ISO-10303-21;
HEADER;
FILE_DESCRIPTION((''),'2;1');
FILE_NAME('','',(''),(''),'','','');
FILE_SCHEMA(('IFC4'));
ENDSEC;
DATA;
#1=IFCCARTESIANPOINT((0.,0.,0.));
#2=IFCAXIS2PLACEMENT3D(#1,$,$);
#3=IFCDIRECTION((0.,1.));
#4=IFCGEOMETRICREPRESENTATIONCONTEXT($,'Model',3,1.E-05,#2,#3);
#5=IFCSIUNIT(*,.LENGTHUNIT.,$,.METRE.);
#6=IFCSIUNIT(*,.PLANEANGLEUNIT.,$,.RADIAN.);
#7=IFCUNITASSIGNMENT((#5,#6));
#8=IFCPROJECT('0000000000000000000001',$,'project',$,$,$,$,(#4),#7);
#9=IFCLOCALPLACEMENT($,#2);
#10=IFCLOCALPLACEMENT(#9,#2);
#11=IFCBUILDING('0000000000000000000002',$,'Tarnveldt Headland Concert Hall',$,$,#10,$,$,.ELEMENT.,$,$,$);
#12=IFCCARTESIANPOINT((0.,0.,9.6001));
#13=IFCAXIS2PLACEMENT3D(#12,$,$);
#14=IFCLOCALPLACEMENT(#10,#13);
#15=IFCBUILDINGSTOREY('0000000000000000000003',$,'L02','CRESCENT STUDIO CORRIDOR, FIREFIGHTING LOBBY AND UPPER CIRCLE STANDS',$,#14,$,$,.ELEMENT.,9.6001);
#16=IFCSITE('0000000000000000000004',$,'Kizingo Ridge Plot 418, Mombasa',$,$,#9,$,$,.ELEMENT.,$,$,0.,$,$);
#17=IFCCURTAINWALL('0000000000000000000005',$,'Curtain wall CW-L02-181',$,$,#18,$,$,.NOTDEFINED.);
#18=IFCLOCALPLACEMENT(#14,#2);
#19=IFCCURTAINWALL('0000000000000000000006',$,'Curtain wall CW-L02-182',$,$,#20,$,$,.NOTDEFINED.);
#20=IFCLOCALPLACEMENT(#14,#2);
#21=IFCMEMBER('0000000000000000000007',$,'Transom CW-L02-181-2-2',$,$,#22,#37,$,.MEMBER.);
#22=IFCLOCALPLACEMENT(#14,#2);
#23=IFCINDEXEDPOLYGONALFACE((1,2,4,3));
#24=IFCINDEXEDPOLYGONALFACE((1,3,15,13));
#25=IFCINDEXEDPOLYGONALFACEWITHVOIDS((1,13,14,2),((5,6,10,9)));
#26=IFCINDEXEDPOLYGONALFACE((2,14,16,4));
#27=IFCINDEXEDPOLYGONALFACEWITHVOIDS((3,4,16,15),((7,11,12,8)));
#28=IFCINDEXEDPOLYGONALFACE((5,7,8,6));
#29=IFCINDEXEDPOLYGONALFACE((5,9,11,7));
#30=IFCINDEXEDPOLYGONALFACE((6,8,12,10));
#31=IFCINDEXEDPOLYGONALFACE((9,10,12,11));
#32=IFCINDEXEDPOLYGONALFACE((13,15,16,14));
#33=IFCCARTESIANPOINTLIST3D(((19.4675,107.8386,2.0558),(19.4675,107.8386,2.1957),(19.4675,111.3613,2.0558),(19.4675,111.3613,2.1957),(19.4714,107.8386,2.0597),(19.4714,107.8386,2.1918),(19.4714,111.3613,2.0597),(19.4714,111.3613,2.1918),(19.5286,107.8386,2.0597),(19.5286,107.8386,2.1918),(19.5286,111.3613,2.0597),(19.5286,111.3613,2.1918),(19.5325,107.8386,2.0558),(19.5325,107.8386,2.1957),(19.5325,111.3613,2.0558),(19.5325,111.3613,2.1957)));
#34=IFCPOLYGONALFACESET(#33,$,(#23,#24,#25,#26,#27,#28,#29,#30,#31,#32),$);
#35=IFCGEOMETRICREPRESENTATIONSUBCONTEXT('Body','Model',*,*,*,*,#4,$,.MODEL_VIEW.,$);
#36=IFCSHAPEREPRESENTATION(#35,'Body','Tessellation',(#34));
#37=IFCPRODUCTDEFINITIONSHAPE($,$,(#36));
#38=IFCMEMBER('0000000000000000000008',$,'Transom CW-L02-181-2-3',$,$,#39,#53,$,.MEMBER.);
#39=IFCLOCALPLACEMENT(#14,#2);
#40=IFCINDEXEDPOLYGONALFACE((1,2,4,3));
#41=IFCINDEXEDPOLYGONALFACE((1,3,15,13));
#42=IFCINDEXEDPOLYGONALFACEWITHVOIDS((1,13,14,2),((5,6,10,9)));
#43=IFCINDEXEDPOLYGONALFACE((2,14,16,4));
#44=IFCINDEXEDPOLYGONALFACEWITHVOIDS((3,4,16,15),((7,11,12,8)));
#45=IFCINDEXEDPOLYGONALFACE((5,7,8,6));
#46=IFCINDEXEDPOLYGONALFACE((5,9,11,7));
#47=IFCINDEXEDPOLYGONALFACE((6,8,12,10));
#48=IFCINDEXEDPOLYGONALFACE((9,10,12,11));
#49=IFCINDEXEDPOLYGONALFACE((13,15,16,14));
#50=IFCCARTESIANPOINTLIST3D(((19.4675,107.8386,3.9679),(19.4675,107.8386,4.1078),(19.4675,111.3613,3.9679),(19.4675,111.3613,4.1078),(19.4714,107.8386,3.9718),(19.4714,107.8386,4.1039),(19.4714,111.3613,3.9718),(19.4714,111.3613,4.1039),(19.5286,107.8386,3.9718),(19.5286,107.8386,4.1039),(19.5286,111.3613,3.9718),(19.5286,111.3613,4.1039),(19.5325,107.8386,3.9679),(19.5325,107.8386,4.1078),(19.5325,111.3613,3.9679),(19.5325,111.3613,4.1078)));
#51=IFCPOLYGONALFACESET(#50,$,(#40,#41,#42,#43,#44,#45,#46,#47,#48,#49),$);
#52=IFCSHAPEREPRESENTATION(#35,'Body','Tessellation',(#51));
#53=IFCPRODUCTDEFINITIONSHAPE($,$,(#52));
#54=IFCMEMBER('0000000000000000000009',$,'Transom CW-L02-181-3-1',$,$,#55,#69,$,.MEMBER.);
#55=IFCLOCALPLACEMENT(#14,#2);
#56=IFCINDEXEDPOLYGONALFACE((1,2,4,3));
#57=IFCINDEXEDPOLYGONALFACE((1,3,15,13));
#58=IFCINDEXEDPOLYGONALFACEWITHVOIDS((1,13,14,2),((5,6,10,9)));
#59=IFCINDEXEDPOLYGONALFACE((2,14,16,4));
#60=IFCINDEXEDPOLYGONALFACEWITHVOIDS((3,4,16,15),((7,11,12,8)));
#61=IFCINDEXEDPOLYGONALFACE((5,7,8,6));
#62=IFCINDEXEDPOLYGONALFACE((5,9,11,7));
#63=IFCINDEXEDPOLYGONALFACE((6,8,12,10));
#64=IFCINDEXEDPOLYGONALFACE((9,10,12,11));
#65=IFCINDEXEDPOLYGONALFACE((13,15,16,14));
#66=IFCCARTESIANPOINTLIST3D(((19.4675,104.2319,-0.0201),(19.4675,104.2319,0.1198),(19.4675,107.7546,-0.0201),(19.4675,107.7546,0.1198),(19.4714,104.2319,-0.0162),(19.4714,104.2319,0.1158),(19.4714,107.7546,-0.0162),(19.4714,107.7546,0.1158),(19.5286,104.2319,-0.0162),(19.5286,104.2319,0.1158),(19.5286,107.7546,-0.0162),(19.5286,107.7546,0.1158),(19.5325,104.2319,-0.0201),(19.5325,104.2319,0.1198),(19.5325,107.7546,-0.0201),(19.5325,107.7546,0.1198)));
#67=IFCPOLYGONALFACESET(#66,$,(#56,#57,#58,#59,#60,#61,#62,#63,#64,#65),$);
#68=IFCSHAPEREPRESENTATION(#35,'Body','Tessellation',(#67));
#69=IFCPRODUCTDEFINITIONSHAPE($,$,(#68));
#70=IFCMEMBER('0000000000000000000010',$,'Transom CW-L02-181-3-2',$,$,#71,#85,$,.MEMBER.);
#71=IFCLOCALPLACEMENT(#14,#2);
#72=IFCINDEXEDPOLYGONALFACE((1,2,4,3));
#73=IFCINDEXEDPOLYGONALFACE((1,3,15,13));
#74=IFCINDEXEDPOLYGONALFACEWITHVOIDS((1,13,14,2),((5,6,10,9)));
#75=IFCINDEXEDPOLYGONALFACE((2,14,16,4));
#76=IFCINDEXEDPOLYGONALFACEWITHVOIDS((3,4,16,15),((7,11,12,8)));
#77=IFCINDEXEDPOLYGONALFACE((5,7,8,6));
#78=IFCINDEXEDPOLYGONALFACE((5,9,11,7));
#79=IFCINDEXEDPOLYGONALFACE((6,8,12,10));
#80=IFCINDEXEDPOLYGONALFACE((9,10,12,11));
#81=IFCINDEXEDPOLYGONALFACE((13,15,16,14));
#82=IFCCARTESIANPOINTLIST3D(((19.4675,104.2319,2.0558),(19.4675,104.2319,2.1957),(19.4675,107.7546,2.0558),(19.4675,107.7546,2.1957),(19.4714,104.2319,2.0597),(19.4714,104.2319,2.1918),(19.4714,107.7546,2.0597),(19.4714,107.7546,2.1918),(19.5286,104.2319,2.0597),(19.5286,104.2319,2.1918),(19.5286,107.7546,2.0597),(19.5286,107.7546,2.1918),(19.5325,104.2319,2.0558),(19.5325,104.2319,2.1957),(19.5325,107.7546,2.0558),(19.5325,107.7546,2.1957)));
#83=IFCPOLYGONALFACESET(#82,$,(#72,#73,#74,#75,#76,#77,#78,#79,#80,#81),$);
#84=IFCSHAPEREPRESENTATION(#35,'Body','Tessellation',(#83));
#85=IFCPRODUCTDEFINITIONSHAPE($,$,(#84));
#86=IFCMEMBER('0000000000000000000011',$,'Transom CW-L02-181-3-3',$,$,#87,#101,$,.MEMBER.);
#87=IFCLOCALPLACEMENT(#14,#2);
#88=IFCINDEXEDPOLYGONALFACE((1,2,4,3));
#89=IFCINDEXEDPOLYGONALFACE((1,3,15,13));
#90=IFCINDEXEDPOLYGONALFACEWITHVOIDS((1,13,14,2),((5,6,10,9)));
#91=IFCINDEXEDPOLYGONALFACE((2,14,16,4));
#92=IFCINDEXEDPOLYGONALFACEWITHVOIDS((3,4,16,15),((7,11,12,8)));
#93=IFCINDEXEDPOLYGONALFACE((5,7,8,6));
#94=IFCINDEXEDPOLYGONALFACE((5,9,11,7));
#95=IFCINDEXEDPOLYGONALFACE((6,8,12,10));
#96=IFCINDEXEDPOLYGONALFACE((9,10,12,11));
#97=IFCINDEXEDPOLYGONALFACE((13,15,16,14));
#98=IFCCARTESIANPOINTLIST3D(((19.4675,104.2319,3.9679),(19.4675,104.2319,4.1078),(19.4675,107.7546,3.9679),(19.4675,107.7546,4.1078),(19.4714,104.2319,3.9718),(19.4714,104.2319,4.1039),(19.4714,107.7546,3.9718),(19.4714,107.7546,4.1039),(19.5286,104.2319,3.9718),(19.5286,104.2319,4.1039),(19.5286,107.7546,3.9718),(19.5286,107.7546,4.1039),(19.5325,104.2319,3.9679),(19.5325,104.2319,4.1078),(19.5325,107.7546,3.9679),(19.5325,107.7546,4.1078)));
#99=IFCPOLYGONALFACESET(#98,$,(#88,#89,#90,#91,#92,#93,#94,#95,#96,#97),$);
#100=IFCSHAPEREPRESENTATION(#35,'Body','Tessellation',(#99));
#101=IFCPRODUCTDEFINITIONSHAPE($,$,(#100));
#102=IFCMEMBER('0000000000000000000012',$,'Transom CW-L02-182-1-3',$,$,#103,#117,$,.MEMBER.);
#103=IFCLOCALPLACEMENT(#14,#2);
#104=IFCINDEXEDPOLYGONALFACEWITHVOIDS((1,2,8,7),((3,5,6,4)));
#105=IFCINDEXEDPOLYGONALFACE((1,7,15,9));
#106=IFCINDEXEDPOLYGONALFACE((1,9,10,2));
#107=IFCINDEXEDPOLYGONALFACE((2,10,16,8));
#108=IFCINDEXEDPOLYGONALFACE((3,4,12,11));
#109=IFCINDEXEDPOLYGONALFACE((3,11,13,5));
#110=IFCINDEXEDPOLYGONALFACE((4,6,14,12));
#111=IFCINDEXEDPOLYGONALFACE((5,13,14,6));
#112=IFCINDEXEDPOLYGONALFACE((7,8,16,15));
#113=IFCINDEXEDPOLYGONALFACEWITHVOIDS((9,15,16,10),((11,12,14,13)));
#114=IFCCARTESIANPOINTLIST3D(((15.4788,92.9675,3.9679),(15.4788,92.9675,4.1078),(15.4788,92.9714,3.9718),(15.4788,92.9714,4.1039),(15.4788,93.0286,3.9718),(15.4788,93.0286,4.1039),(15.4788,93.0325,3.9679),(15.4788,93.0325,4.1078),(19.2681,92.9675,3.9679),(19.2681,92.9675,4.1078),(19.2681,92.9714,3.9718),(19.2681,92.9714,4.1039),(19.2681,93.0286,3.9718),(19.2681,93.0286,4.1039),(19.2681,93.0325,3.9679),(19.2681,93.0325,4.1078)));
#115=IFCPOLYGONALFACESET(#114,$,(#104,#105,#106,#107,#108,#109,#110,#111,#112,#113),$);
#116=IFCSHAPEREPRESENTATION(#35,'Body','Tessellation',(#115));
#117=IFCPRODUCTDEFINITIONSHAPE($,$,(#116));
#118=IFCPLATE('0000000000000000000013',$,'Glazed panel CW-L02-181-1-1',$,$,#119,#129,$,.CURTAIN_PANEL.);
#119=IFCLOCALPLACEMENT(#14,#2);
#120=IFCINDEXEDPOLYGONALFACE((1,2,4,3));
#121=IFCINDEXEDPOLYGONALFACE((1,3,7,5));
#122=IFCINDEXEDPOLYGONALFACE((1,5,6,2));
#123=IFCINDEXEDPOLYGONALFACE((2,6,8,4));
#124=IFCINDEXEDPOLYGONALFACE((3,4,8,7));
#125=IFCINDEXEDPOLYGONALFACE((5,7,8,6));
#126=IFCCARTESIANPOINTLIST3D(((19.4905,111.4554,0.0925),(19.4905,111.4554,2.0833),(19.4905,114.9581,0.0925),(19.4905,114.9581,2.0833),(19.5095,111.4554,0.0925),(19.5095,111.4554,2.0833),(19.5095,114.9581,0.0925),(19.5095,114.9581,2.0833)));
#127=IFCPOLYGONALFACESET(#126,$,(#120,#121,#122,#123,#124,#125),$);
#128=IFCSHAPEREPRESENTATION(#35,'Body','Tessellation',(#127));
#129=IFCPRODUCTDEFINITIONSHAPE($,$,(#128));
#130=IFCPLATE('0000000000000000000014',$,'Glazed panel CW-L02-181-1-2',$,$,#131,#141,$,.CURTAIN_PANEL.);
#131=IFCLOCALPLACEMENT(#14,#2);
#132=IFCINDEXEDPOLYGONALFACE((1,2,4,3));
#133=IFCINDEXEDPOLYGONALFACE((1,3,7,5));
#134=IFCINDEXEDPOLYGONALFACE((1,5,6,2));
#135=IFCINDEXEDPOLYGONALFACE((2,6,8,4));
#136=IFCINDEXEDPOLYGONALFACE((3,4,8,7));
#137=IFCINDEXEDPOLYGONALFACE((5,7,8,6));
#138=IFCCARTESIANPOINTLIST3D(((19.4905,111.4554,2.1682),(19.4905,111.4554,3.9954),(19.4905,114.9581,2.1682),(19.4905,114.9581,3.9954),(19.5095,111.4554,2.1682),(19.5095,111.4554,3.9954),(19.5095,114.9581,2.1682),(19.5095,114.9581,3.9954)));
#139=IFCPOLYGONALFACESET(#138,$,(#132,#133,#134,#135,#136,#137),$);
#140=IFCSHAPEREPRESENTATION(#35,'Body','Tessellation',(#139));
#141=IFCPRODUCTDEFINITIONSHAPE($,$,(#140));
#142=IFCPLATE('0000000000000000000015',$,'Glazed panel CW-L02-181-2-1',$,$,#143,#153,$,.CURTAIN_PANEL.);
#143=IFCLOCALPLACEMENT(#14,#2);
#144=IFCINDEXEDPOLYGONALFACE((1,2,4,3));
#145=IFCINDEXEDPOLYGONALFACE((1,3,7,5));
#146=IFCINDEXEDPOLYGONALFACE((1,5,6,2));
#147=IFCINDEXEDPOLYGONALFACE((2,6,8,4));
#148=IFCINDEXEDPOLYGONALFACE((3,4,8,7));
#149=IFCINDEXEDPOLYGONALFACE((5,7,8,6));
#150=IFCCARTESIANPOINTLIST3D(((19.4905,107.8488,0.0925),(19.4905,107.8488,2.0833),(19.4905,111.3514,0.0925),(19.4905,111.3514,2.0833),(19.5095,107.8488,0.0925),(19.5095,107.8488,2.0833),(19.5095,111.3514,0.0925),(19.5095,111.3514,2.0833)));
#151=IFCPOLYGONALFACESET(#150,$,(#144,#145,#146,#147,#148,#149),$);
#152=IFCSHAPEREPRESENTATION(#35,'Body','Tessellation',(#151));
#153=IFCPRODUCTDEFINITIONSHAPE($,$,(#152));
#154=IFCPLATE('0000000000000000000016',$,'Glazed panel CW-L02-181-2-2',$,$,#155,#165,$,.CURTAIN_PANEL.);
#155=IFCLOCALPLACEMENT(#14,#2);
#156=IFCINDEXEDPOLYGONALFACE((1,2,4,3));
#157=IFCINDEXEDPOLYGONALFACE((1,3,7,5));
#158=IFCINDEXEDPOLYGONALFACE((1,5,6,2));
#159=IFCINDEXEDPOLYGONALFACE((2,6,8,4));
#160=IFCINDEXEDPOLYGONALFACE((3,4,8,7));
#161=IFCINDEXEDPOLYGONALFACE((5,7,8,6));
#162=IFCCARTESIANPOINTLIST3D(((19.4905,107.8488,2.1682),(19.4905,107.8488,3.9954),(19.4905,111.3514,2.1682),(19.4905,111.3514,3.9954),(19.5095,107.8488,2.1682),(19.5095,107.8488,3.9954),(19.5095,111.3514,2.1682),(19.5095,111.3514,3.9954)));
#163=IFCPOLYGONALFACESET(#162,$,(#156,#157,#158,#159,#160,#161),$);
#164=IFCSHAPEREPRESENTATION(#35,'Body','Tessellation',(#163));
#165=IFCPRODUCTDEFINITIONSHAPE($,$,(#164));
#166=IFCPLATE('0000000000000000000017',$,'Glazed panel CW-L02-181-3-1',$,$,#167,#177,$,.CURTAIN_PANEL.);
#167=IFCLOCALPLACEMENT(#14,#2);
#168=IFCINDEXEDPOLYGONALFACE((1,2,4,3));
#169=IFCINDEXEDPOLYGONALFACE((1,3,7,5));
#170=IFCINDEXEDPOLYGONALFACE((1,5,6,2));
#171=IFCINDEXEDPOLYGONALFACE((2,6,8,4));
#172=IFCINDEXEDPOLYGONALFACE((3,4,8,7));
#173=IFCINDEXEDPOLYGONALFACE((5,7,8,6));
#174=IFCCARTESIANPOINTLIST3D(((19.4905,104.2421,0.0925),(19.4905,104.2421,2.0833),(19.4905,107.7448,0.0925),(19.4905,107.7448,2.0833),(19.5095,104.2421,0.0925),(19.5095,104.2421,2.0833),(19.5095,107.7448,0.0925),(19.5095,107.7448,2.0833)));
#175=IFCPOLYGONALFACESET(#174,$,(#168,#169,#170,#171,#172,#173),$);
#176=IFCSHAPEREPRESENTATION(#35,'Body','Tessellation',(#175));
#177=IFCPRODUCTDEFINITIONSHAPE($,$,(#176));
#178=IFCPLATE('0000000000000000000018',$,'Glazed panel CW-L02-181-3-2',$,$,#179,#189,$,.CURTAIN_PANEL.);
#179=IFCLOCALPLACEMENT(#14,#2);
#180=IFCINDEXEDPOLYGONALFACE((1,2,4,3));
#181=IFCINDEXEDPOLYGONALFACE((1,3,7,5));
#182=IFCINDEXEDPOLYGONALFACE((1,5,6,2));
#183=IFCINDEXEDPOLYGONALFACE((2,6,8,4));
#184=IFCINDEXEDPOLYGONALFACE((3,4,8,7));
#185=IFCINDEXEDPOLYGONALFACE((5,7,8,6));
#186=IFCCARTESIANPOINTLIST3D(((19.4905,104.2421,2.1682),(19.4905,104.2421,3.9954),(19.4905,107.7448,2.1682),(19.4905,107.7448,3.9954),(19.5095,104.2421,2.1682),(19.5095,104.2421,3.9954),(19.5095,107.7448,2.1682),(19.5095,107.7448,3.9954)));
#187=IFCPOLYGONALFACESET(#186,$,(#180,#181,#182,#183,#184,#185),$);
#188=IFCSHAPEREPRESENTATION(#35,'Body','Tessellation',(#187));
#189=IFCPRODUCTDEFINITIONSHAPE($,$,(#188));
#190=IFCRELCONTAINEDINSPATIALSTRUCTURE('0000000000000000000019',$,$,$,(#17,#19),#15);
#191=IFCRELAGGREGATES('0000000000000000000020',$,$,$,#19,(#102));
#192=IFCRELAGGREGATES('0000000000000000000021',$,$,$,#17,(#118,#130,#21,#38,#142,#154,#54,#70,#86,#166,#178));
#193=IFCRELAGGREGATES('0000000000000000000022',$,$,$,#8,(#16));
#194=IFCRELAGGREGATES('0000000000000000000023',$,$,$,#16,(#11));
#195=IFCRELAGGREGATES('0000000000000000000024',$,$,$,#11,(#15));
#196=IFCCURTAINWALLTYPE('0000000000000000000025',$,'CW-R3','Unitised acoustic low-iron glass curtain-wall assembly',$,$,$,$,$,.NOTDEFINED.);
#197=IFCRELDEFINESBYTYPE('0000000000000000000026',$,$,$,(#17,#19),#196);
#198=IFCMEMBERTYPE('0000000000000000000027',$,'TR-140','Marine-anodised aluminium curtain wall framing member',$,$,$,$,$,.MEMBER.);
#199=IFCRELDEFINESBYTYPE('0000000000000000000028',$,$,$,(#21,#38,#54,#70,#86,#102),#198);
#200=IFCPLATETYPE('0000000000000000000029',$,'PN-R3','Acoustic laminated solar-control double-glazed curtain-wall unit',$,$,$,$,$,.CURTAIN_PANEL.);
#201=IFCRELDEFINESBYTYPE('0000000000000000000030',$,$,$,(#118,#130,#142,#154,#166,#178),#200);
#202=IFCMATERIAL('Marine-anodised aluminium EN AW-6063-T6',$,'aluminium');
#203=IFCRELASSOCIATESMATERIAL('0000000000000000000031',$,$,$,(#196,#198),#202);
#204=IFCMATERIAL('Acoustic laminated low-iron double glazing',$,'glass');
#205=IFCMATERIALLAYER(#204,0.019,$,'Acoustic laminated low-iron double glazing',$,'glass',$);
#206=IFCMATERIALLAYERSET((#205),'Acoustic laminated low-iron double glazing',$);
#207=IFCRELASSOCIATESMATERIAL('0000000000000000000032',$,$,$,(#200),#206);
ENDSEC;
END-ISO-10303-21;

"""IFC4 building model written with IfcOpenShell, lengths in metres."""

from ifc_helpers import new_model, si_unit, direction, frame, origin, origin_2d, place, context, subcontext, project, spatial, rectangle, hollow_rectangle, extrude, material, layer, layer_set, material_profile, profile_set, type_object, element, aggregate, save


model = new_model("IFC4")

# Units and contexts
model_context = context("Model", 3, precision=1e-05, world=origin(), true_north=direction((0.0, 1.0)))
body_context = subcontext(model_context, "Body", "Model", "MODEL_VIEW")
ifc_project = project(units=[si_unit("LENGTHUNIT", "METRE"), si_unit("PLANEANGLEUNIT", "RADIAN")], contexts=[model_context])

# Site, building, storey
site_placement = place(None, origin())
site = spatial("IfcSite", under=ifc_project, at=site_placement, Name="Kizingo Ridge Plot 418, Mombasa", CompositionType="ELEMENT", RefElevation=0.0)
building_placement = place(site_placement, origin())
building = spatial("IfcBuilding", under=site, at=building_placement, Name="Tarnveldt Headland Concert Hall", CompositionType="ELEMENT")
storey_placement = place(building_placement, frame((0.0, 0.0, 9.6001)))
storey = spatial("IfcBuildingStorey", under=building, at=storey_placement, Name="L02", Description="CRESCENT STUDIO CORRIDOR, FIREFIGHTING LOBBY AND UPPER CIRCLE STANDS", CompositionType="ELEMENT", Elevation=9.6001)

# Curtain wall
ifc_material_1 = material(Name="Marine-anodised aluminium EN AW-6063-T6", Category="aluminium")
curtain_wall_type = type_object("IfcCurtainWallType", Name="CW-R3", Description="Unitised acoustic low-iron glass curtain-wall assembly", PredefinedType="NOTDEFINED", material=ifc_material_1)
curtain_wall_1_placement = place(storey_placement, origin())
curtain_wall_1 = element("IfcCurtainWall", 1, at=curtain_wall_1_placement, inside=storey, type_object=curtain_wall_type, Name="Curtain wall CW-L02-181", PredefinedType="NOTDEFINED")

# Curtain wall
curtain_wall_2_placement = place(storey_placement, origin())
curtain_wall_2 = element("IfcCurtainWall", 2, at=curtain_wall_2_placement, inside=storey, type_object=curtain_wall_type, Name="Curtain wall CW-L02-182", PredefinedType="NOTDEFINED")

# Members
ifc_material_profile_1 = material_profile(ifc_material_1, hollow_rectangle(XDim=0.0649, YDim=0.1399, WallThickness=0.0039, at=origin_2d()), Name="ALU TRANSOM 65x140x4", Category="aluminium")
ifc_profile_set_1 = profile_set([ifc_material_profile_1], Name="Marine-anodised aluminium EN AW-6063-T6")
member_type_1 = type_object("IfcMemberType", Name="TR-140", Description="Marine-anodised aluminium curtain wall framing member", PredefinedType="MEMBER", material=ifc_profile_set_1)
member_1_placement = place(storey_placement, frame((19.5, 111.3613, 2.1257), z_axis=(0.0, -1.0, 0.0), x_axis=(1.0, 0.0, 0.0)))
member_1 = element("IfcMember", 3, at=member_1_placement, type_object=member_type_1, Name="Transom CW-L02-181-2-2", PredefinedType="MEMBER", context=body_context, shape_type="SweptSolid", body=[
    extrude(hollow_rectangle(XDim=0.0649, YDim=0.1399, WallThickness=0.0039, at=origin_2d()), origin(), (0.0, 0.0, 1.0), 3.5227),
])
member_2_placement = place(storey_placement, frame((19.5, 111.3613, 4.0378), z_axis=(0.0, -1.0, 0.0), x_axis=(1.0, 0.0, 0.0)))
member_2 = element("IfcMember", 4, at=member_2_placement, type_object=member_type_1, Name="Transom CW-L02-181-2-3", PredefinedType="MEMBER", context=body_context, shape_type="SweptSolid", body=[
    extrude(hollow_rectangle(XDim=0.0649, YDim=0.1399, WallThickness=0.0039, at=origin_2d()), origin(), (0.0, 0.0, 1.0), 3.5227),
])
member_3_placement = place(storey_placement, frame((19.5, 107.7546, 0.0498), z_axis=(0.0, -1.0, 0.0), x_axis=(1.0, 0.0, 0.0)))
member_3 = element("IfcMember", 5, at=member_3_placement, type_object=member_type_1, Name="Transom CW-L02-181-3-1", PredefinedType="MEMBER", context=body_context, shape_type="SweptSolid", body=[
    extrude(hollow_rectangle(XDim=0.0649, YDim=0.1399, WallThickness=0.0039, at=origin_2d()), origin(), (0.0, 0.0, 1.0), 3.5227),
])
member_4_placement = place(storey_placement, frame((19.5, 107.7546, 2.1257), z_axis=(0.0, -1.0, 0.0), x_axis=(1.0, 0.0, 0.0)))
member_4 = element("IfcMember", 6, at=member_4_placement, type_object=member_type_1, Name="Transom CW-L02-181-3-2", PredefinedType="MEMBER", context=body_context, shape_type="SweptSolid", body=[
    extrude(hollow_rectangle(XDim=0.0649, YDim=0.1399, WallThickness=0.0039, at=origin_2d()), origin(), (0.0, 0.0, 1.0), 3.5227),
])
member_5_placement = place(storey_placement, frame((19.5, 107.7546, 4.0378), z_axis=(0.0, -1.0, 0.0), x_axis=(1.0, 0.0, 0.0)))
member_5 = element("IfcMember", 7, at=member_5_placement, type_object=member_type_1, Name="Transom CW-L02-181-3-3", PredefinedType="MEMBER", context=body_context, shape_type="SweptSolid", body=[
    extrude(hollow_rectangle(XDim=0.0649, YDim=0.1399, WallThickness=0.0039, at=origin_2d()), origin(), (0.0, 0.0, 1.0), 3.5227),
])
member_6_placement = place(storey_placement, frame((19.2681, 93.0, 4.0378), z_axis=(-1.0, 0.0, 0.0), x_axis=(0.0, -1.0, 0.0)))
member_6 = element("IfcMember", 8, at=member_6_placement, type_object=member_type_1, Name="Transom CW-L02-182-1-3", PredefinedType="MEMBER", context=body_context, shape_type="SweptSolid", body=[
    extrude(hollow_rectangle(XDim=0.0649, YDim=0.1399, WallThickness=0.0039, at=origin_2d()), origin(), (0.0, 0.0, 1.0), 3.7893),
])
aggregate(curtain_wall_2, [member_6])

# Plates
ifc_material_2 = material(Name="Acoustic laminated low-iron double glazing", Category="glass")
ifc_layer_1 = layer(ifc_material_2, 0.019, Name="Acoustic laminated low-iron double glazing", Category="glass")
ifc_layer_set_1 = layer_set([ifc_layer_1], Name="Acoustic laminated low-iron double glazing")
plate_type = type_object("IfcPlateType", Name="PN-R3", Description="Acoustic laminated solar-control double-glazed curtain-wall unit", PredefinedType="CURTAIN_PANEL", material=ifc_layer_set_1)
plate_1_placement = place(storey_placement, frame((19.5, 113.2068, 0.0925), z_axis=(0.0, 0.0, 1.0), x_axis=(0.0, -1.0, 0.0)))
plate_1 = element("IfcPlate", 9, at=plate_1_placement, type_object=plate_type, Name="Glazed panel CW-L02-181-1-1", PredefinedType="CURTAIN_PANEL", context=body_context, shape_type="SweptSolid", body=[
    extrude(rectangle(XDim=3.5027, YDim=0.019, at=origin_2d()), origin(), (0.0, 0.0, 1.0), 1.9907),
])
plate_2_placement = place(storey_placement, frame((19.5, 113.2068, 2.1682), z_axis=(0.0, 0.0, 1.0), x_axis=(0.0, -1.0, 0.0)))
plate_2 = element("IfcPlate", 10, at=plate_2_placement, type_object=plate_type, Name="Glazed panel CW-L02-181-1-2", PredefinedType="CURTAIN_PANEL", context=body_context, shape_type="SweptSolid", body=[
    extrude(rectangle(XDim=3.5027, YDim=0.019, at=origin_2d()), origin(), (0.0, 0.0, 1.0), 1.8271),
])
plate_3_placement = place(storey_placement, frame((19.5, 109.6001, 0.0925), z_axis=(0.0, 0.0, 1.0), x_axis=(0.0, -1.0, 0.0)))
plate_3 = element("IfcPlate", 11, at=plate_3_placement, type_object=plate_type, Name="Glazed panel CW-L02-181-2-1", PredefinedType="CURTAIN_PANEL", context=body_context, shape_type="SweptSolid", body=[
    extrude(rectangle(XDim=3.5027, YDim=0.019, at=origin_2d()), origin(), (0.0, 0.0, 1.0), 1.9907),
])
plate_4_placement = place(storey_placement, frame((19.5, 109.6001, 2.1682), z_axis=(0.0, 0.0, 1.0), x_axis=(0.0, -1.0, 0.0)))
plate_4 = element("IfcPlate", 12, at=plate_4_placement, type_object=plate_type, Name="Glazed panel CW-L02-181-2-2", PredefinedType="CURTAIN_PANEL", context=body_context, shape_type="SweptSolid", body=[
    extrude(rectangle(XDim=3.5027, YDim=0.019, at=origin_2d()), origin(), (0.0, 0.0, 1.0), 1.8271),
])
plate_5_placement = place(storey_placement, frame((19.5, 105.9934, 0.0925), z_axis=(0.0, 0.0, 1.0), x_axis=(0.0, -1.0, 0.0)))
plate_5 = element("IfcPlate", 13, at=plate_5_placement, type_object=plate_type, Name="Glazed panel CW-L02-181-3-1", PredefinedType="CURTAIN_PANEL", context=body_context, shape_type="SweptSolid", body=[
    extrude(rectangle(XDim=3.5027, YDim=0.019, at=origin_2d()), origin(), (0.0, 0.0, 1.0), 1.9907),
])
plate_6_placement = place(storey_placement, frame((19.5, 105.9934, 2.1682), z_axis=(0.0, 0.0, 1.0), x_axis=(0.0, -1.0, 0.0)))
plate_6 = element("IfcPlate", 14, at=plate_6_placement, type_object=plate_type, Name="Glazed panel CW-L02-181-3-2", PredefinedType="CURTAIN_PANEL", context=body_context, shape_type="SweptSolid", body=[
    extrude(rectangle(XDim=3.5027, YDim=0.019, at=origin_2d()), origin(), (0.0, 0.0, 1.0), 1.8271),
])
aggregate(curtain_wall_1, [plate_1, plate_2, member_1, member_2, plate_3, plate_4, member_3, member_4, member_5, plate_5, plate_6])

save(model, "model.ifc")
